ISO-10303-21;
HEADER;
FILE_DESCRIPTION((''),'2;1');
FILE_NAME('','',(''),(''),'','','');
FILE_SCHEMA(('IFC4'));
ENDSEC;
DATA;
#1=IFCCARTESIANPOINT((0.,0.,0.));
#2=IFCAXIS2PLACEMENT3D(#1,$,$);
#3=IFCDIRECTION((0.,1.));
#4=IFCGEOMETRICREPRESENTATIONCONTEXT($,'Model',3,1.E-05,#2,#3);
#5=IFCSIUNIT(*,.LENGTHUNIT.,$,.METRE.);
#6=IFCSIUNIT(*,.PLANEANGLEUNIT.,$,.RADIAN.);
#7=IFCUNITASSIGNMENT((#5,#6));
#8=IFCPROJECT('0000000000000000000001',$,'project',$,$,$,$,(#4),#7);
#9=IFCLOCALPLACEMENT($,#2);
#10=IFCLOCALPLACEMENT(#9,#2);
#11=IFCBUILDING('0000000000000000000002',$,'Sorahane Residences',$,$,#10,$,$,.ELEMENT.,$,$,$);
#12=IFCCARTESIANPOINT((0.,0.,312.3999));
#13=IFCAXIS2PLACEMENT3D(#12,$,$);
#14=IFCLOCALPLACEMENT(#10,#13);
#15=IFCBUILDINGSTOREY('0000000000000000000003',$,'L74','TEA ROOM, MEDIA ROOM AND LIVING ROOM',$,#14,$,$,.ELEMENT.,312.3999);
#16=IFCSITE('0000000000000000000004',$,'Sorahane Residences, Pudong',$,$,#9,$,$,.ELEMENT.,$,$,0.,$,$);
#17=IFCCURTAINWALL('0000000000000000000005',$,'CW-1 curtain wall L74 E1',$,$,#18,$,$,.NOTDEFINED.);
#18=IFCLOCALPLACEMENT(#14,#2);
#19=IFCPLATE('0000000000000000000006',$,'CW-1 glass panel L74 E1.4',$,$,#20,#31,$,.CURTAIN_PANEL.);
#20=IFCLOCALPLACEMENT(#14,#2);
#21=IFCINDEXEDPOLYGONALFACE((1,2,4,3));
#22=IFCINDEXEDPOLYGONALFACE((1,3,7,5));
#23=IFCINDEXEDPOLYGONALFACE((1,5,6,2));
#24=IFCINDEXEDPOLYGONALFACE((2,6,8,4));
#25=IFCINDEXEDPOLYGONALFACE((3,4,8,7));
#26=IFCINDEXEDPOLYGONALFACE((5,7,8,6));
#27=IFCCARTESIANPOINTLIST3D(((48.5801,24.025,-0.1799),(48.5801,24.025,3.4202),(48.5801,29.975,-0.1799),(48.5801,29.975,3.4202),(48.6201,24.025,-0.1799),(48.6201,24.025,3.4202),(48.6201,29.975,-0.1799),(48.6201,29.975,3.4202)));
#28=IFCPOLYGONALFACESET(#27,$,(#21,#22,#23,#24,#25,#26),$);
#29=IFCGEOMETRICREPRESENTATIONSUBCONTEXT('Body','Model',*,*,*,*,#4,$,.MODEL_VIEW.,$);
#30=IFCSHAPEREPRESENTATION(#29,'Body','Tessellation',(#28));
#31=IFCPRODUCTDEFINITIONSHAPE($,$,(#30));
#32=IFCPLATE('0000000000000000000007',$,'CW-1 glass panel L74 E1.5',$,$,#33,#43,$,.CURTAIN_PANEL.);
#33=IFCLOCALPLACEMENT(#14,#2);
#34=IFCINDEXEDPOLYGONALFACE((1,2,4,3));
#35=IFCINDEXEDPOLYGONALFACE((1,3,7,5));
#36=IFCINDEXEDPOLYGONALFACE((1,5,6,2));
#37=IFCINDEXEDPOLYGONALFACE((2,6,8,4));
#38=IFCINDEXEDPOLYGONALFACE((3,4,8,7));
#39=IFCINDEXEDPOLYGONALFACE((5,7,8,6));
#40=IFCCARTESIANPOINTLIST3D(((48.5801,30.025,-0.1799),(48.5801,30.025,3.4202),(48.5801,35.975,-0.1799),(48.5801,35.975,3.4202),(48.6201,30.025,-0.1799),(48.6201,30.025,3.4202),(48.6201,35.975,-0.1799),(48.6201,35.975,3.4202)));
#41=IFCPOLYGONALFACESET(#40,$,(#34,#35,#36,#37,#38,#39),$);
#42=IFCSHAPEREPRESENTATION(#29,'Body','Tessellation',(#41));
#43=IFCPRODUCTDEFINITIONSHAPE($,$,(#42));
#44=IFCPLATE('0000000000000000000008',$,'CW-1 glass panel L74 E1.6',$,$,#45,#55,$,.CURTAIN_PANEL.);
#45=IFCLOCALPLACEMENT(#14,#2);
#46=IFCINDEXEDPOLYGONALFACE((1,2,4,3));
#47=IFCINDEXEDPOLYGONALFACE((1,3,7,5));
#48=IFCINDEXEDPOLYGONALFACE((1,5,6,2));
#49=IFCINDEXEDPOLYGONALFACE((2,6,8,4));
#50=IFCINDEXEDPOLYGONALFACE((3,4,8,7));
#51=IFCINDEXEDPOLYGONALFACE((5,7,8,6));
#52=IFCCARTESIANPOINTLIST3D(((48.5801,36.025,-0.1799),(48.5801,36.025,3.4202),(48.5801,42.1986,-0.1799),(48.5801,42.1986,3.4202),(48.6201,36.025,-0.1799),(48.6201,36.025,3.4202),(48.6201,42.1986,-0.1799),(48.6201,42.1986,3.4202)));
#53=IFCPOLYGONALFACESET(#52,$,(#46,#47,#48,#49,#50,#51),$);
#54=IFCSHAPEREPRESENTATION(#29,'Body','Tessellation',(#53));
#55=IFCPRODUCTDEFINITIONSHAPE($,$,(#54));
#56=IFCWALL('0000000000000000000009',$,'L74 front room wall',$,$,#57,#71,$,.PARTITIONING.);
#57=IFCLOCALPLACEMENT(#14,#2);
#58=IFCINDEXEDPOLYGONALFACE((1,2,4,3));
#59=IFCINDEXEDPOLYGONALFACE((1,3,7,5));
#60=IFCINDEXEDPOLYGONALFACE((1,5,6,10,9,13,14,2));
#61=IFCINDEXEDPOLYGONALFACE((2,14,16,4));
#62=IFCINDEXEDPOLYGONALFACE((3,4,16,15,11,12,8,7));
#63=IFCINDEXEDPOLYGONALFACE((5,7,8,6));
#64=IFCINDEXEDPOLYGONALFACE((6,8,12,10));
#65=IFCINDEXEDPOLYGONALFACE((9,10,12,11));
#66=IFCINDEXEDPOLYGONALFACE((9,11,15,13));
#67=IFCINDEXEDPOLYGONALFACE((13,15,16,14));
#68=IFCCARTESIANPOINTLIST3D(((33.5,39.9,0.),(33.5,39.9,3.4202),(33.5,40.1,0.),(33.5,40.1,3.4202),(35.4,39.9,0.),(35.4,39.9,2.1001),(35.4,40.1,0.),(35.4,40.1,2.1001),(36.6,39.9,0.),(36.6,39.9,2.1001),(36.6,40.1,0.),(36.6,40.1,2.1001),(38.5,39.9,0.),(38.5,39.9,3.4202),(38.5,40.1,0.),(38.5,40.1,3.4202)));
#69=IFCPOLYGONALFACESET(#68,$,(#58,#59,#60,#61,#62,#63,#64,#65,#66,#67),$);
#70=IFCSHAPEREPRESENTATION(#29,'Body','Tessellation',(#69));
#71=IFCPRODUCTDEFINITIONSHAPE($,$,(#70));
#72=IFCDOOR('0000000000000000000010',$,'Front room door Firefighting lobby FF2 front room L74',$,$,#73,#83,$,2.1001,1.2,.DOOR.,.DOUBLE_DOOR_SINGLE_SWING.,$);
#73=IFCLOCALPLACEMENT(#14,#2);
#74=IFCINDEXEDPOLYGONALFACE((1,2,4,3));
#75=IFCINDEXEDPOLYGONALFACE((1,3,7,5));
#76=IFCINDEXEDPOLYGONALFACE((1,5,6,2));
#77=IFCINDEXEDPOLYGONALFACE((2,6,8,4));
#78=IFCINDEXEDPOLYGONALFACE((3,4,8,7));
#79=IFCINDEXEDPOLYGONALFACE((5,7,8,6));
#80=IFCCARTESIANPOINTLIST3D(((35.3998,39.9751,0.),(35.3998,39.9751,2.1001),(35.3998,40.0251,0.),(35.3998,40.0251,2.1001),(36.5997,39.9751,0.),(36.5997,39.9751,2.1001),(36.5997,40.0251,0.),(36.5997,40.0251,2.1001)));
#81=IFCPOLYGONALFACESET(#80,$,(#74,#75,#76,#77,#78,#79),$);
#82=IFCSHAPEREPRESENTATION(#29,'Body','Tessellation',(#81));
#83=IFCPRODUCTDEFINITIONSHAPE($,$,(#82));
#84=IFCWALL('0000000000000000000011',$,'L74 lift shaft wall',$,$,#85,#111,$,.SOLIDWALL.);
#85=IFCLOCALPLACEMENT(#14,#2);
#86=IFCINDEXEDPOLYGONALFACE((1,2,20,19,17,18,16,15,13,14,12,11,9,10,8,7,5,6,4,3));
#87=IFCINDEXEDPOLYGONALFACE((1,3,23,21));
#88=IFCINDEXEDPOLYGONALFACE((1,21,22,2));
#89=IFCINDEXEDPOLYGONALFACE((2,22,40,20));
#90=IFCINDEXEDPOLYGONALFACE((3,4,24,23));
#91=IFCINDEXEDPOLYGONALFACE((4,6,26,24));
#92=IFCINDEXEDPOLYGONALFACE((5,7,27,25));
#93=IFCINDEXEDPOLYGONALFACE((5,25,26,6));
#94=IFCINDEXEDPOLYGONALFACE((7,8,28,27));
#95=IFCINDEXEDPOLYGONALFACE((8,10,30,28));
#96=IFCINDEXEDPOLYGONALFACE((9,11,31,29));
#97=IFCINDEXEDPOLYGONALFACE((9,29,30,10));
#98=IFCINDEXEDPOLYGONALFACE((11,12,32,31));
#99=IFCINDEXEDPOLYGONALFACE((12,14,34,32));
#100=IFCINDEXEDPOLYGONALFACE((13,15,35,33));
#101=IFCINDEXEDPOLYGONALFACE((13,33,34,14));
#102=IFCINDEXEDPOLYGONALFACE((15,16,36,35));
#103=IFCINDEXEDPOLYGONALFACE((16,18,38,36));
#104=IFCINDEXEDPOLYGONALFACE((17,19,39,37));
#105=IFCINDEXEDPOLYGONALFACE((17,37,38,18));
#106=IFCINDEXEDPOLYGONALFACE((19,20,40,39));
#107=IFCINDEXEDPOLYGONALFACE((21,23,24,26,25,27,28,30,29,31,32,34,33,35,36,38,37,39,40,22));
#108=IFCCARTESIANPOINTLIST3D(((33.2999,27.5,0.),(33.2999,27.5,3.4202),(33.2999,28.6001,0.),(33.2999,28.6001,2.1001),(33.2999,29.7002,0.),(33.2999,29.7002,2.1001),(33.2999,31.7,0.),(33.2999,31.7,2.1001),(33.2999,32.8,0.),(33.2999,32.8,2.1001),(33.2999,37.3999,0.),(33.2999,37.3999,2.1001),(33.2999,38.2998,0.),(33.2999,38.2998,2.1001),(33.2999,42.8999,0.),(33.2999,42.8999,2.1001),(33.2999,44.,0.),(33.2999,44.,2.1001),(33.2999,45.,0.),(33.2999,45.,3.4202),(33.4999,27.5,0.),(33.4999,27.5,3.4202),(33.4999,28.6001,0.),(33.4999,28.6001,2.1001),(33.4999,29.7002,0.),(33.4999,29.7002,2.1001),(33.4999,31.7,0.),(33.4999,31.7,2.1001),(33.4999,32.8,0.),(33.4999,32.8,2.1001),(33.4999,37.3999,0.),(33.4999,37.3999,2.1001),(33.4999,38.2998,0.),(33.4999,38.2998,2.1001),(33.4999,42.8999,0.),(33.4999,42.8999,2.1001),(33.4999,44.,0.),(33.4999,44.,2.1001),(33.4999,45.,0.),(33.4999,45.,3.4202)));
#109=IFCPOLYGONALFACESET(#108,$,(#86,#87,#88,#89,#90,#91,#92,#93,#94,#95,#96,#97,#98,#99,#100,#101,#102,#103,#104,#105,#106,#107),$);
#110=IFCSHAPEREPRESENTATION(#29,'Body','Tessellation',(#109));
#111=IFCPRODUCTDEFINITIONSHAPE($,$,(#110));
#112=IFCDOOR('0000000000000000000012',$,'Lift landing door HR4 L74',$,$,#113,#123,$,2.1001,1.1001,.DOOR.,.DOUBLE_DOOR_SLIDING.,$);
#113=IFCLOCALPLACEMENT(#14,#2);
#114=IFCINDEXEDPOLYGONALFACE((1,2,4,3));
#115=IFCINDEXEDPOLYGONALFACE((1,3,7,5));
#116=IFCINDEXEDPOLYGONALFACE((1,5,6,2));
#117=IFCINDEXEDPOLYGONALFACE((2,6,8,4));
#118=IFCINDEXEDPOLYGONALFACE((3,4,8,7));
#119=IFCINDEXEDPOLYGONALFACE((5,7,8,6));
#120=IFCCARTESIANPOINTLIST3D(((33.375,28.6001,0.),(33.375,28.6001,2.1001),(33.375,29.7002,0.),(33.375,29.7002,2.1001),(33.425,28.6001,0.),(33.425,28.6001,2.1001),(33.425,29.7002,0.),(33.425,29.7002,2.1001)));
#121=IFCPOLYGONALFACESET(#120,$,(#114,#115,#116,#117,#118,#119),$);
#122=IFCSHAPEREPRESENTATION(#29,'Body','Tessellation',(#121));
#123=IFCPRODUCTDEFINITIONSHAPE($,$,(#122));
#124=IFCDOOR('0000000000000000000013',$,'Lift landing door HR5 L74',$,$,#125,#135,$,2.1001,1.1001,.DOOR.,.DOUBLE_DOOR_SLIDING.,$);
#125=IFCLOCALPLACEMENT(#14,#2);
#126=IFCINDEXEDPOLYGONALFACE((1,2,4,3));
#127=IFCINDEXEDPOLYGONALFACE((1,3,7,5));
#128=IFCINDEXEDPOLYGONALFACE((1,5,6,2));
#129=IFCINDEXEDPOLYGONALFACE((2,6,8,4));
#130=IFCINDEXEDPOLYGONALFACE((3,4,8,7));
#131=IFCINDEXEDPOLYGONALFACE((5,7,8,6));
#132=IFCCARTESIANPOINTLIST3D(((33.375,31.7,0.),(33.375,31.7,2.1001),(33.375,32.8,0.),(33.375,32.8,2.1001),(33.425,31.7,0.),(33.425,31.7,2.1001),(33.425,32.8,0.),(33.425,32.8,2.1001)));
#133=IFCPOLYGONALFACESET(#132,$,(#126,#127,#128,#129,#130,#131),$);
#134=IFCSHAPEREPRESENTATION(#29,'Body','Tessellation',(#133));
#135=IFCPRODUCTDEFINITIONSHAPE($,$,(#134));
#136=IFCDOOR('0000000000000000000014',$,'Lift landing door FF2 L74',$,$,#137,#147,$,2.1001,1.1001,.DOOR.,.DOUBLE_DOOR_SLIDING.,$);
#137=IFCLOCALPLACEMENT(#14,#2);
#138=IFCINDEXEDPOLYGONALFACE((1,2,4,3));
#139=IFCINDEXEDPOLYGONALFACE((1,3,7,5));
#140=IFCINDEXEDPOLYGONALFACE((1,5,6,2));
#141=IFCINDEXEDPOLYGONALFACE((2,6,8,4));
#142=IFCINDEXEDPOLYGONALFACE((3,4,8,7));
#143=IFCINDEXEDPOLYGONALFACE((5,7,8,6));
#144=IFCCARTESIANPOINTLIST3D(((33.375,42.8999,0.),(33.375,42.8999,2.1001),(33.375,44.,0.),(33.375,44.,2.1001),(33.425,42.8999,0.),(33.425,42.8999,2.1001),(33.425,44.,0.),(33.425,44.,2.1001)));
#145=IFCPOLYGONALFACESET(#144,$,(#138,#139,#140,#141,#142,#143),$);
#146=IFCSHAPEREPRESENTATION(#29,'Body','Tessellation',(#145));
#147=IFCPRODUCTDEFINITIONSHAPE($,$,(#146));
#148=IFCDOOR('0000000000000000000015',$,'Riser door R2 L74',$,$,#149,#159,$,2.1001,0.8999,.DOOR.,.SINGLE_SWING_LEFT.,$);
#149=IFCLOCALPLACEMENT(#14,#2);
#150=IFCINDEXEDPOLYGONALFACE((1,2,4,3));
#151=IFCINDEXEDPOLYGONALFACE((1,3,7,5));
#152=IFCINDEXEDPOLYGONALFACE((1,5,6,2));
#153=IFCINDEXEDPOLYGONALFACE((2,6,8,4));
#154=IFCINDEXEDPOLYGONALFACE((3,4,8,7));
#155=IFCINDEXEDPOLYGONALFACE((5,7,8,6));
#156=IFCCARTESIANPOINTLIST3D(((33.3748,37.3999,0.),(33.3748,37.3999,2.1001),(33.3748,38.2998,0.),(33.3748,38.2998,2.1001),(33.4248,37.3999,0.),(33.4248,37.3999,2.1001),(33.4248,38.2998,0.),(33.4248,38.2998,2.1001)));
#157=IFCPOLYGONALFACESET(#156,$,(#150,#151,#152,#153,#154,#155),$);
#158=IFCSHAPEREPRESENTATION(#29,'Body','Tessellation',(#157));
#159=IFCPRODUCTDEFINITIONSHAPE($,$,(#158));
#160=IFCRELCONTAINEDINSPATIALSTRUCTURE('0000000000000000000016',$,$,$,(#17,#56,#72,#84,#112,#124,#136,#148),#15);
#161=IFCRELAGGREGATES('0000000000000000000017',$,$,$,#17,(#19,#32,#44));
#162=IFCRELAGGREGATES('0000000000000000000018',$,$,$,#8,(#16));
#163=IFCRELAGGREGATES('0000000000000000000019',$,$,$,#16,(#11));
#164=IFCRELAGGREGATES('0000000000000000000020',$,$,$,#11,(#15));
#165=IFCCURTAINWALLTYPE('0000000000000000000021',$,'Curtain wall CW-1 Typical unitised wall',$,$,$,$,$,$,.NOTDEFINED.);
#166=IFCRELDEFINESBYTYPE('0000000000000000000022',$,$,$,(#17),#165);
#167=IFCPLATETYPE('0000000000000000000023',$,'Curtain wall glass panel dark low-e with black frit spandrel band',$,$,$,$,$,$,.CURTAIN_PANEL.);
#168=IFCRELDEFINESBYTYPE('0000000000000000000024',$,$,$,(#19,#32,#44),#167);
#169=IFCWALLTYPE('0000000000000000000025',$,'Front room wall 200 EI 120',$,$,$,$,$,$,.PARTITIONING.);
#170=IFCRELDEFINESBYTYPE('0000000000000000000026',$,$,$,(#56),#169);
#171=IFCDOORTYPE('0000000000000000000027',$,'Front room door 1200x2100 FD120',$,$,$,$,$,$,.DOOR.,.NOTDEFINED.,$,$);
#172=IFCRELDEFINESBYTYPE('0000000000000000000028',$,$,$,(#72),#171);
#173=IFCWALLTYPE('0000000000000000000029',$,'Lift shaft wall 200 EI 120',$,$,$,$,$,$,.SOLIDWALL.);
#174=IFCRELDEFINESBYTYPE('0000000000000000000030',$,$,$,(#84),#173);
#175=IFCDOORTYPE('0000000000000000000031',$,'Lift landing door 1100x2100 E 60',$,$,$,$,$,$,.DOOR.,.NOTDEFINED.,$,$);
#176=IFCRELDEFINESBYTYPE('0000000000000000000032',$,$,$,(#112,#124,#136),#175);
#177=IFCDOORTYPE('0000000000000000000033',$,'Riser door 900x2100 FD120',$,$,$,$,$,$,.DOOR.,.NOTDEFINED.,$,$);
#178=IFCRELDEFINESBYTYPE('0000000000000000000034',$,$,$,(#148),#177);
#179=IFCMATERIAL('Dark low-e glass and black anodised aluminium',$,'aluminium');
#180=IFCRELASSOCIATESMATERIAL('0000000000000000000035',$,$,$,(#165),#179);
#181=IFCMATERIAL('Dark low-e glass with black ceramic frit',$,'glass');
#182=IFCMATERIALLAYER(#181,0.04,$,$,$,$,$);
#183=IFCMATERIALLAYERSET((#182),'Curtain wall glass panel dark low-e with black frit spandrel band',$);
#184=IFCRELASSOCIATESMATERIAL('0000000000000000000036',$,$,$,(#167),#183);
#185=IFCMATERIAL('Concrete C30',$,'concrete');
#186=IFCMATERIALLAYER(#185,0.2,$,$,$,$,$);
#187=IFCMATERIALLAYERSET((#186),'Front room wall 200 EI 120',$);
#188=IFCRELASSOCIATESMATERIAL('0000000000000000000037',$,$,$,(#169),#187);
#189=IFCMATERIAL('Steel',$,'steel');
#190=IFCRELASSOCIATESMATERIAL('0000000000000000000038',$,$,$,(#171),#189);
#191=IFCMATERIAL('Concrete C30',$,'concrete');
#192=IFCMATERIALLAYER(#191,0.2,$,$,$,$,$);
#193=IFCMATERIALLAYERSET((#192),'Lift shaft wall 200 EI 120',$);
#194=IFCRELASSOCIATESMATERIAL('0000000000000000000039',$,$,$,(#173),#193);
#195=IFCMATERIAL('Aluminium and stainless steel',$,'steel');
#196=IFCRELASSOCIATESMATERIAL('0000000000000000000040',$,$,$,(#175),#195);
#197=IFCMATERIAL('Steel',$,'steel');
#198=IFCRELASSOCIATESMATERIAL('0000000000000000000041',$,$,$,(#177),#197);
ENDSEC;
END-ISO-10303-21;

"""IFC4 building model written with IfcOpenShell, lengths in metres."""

from ifc_helpers import new_model, si_unit, direction, frame, frame_2d, origin, origin_2d, place, context, subcontext, project, spatial, rectangle, extrude, material, layer, layer_set, type_object, element, fill, aggregate, save


model = new_model("IFC4")

# Units and contexts
model_context = context("Model", 3, precision=1e-05, world=origin(), true_north=direction((0.0, 1.0)))
body_context = subcontext(model_context, "Body", "Model", "MODEL_VIEW")
ifc_project = project(units=[si_unit("LENGTHUNIT", "METRE"), si_unit("PLANEANGLEUNIT", "RADIAN")], contexts=[model_context])

# Site, building, storey
site_placement = place(None, origin())
site = spatial("IfcSite", under=ifc_project, at=site_placement, Name="Sorahane Residences, Pudong", CompositionType="ELEMENT", RefElevation=0.0)
building_placement = place(site_placement, origin())
building = spatial("IfcBuilding", under=site, at=building_placement, Name="Sorahane Residences", CompositionType="ELEMENT")
storey_placement = place(building_placement, frame((0.0, 0.0, 312.3999)))
storey = spatial("IfcBuildingStorey", under=building, at=storey_placement, Name="L74", Description="TEA ROOM, MEDIA ROOM AND LIVING ROOM", CompositionType="ELEMENT", Elevation=312.3999)

# Curtain wall
ifc_material_1 = material(Name="Dark low-e glass and black anodised aluminium", Category="aluminium")
curtain_wall_type = type_object("IfcCurtainWallType", Name="Curtain wall CW-1 Typical unitised wall", PredefinedType="NOTDEFINED", material=ifc_material_1)
curtain_wall_placement = place(storey_placement, origin())
curtain_wall = element("IfcCurtainWall", 1, at=curtain_wall_placement, inside=storey, type_object=curtain_wall_type, Name="CW-1 curtain wall L74 E1", PredefinedType="NOTDEFINED")

# Plates
ifc_material_2 = material(Name="Dark low-e glass with black ceramic frit", Category="glass")
ifc_layer_1 = layer(ifc_material_2, 0.04)
ifc_layer_set_1 = layer_set([ifc_layer_1], Name="Curtain wall glass panel dark low-e with black frit spandrel band")
plate_type = type_object("IfcPlateType", Name="Curtain wall glass panel dark low-e with black frit spandrel band", PredefinedType="CURTAIN_PANEL", material=ifc_layer_set_1)
plate_1_placement = place(storey_placement, frame((48.6001, 27.0, -0.1799), z_axis=(0.0, 0.0, 1.0), x_axis=(0.0, 1.0, 0.0)))
plate_1 = element("IfcPlate", 2, at=plate_1_placement, type_object=plate_type, Name="CW-1 glass panel L74 E1.4", PredefinedType="CURTAIN_PANEL", context=body_context, shape_type="SweptSolid", body=[
    extrude(rectangle(XDim=5.95, YDim=0.04, at=origin_2d()), origin(), (0.0, 0.0, 1.0), 3.6001),
])
plate_2_placement = place(storey_placement, frame((48.6001, 33.0, -0.1799), z_axis=(0.0, 0.0, 1.0), x_axis=(0.0, 1.0, 0.0)))
plate_2 = element("IfcPlate", 3, at=plate_2_placement, type_object=plate_type, Name="CW-1 glass panel L74 E1.5", PredefinedType="CURTAIN_PANEL", context=body_context, shape_type="SweptSolid", body=[
    extrude(rectangle(XDim=5.95, YDim=0.04, at=origin_2d()), origin(), (0.0, 0.0, 1.0), 3.6001),
])
plate_3_placement = place(storey_placement, frame((48.6001, 39.1118, -0.1799), z_axis=(0.0, 0.0, 1.0), x_axis=(0.0, 1.0, 0.0)))
plate_3 = element("IfcPlate", 4, at=plate_3_placement, type_object=plate_type, Name="CW-1 glass panel L74 E1.6", PredefinedType="CURTAIN_PANEL", context=body_context, shape_type="SweptSolid", body=[
    extrude(rectangle(XDim=6.1736, YDim=0.04, at=origin_2d()), origin(), (0.0, 0.0, 1.0), 3.6001),
])
aggregate(curtain_wall, [plate_1, plate_2, plate_3])

# Wall, opening, door
ifc_material_3 = material(Name="Concrete C30", Category="concrete")
ifc_layer_2 = layer(ifc_material_3, 0.2)
ifc_layer_set_2 = layer_set([ifc_layer_2], Name="Front room wall 200 EI 120")
wall_type_1 = type_object("IfcWallType", Name="Front room wall 200 EI 120", PredefinedType="PARTITIONING", material=ifc_layer_set_2)
wall_1_placement = place(storey_placement, frame((33.5, 40.0, 0.0), z_axis=(0.0, 0.0, 1.0), x_axis=(1.0, 0.0, 0.0)))
wall_1 = element("IfcWall", 5, at=wall_1_placement, inside=storey, type_object=wall_type_1, Name="L74 front room wall", PredefinedType="PARTITIONING", context=body_context, shape_type="SweptSolid", body=[
    extrude(rectangle(XDim=5.0, YDim=0.2, at=frame_2d((2.5, 0.0))), origin(), (0.0, 0.0, 1.0), 3.4202),
])
opening_1_placement = place(wall_1_placement, frame((1.8999, 0.0, 0.0)))
opening_1 = element("IfcOpeningElement", 6, at=opening_1_placement, cuts=wall_1, PredefinedType="OPENING", context=body_context, shape_type="SweptSolid", body=[
    extrude(rectangle(XDim=1.2, YDim=2.1001, at=frame_2d((0.6001, 1.05))), frame((0.0, 0.1099, 0.0), z_axis=(0.0, -1.0, 0.0), x_axis=(1.0, 0.0, 0.0)), (0.0, 0.0, 1.0), 0.22),
])
ifc_material_4 = material(Name="Steel", Category="steel")
door_type_1 = type_object("IfcDoorType", Name="Front room door 1200x2100 FD120", OperationType="NOTDEFINED", PredefinedType="DOOR", material=ifc_material_4)
door_1_placement = place(opening_1_placement, frame((1.2, 0.0, 0.0), z_axis=(0.0, 0.0, 1.0), x_axis=(-1.0, 0.0, 0.0)))
door_1 = element("IfcDoor", 7, at=door_1_placement, inside=storey, type_object=door_type_1, Name="Front room door Firefighting lobby FF2 front room L74", OperationType="DOUBLE_DOOR_SINGLE_SWING", OverallHeight=2.1001, OverallWidth=1.2, PredefinedType="DOOR", context=body_context, shape_type="SweptSolid", body=[
    extrude(rectangle(XDim=1.2, YDim=2.1001, at=frame_2d((0.6001, 1.05))), frame((0.0, 0.0249, 0.0), z_axis=(0.0, -1.0, 0.0), x_axis=(1.0, 0.0, 0.0)), (0.0, 0.0, 1.0), 0.05),
])
fill(opening_1, door_1)

# Wall, openings, doors
ifc_material_5 = material(Name="Concrete C30", Category="concrete")
ifc_layer_3 = layer(ifc_material_5, 0.2)
ifc_layer_set_3 = layer_set([ifc_layer_3], Name="Lift shaft wall 200 EI 120")
wall_type_2 = type_object("IfcWallType", Name="Lift shaft wall 200 EI 120", PredefinedType="SOLIDWALL", material=ifc_layer_set_3)
wall_2_placement = place(storey_placement, frame((33.3999, 27.5, 0.0), z_axis=(0.0, 0.0, 1.0), x_axis=(0.0, 1.0, 0.0)))
wall_2 = element("IfcWall", 8, at=wall_2_placement, inside=storey, type_object=wall_type_2, Name="L74 lift shaft wall", PredefinedType="SOLIDWALL", context=body_context, shape_type="SweptSolid", body=[
    extrude(rectangle(XDim=17.5, YDim=0.2, at=frame_2d((8.75, 0.0))), origin(), (0.0, 0.0, 1.0), 3.4202),
])
opening_2_placement = place(wall_2_placement, frame((1.1001, 0.0, 0.0)))
opening_2 = element("IfcOpeningElement", 9, at=opening_2_placement, cuts=wall_2, PredefinedType="OPENING", context=body_context, shape_type="SweptSolid", body=[
    extrude(rectangle(XDim=1.1001, YDim=2.1001, at=frame_2d((0.55, 1.05))), frame((0.0, 0.1099, 0.0), z_axis=(0.0, -1.0, 0.0), x_axis=(1.0, 0.0, 0.0)), (0.0, 0.0, 1.0), 0.22),
])
opening_3_placement = place(wall_2_placement, frame((4.2, 0.0, 0.0)))
opening_3 = element("IfcOpeningElement", 10, at=opening_3_placement, cuts=wall_2, PredefinedType="OPENING", context=body_context, shape_type="SweptSolid", body=[
    extrude(rectangle(XDim=1.1001, YDim=2.1001, at=frame_2d((0.55, 1.05))), frame((0.0, 0.1099, 0.0), z_axis=(0.0, -1.0, 0.0), x_axis=(1.0, 0.0, 0.0)), (0.0, 0.0, 1.0), 0.22),
])
opening_4_placement = place(wall_2_placement, frame((15.3999, 0.0, 0.0)))
opening_4 = element("IfcOpeningElement", 11, at=opening_4_placement, cuts=wall_2, PredefinedType="OPENING", context=body_context, shape_type="SweptSolid", body=[
    extrude(rectangle(XDim=1.1001, YDim=2.1001, at=frame_2d((0.55, 1.05))), frame((0.0, 0.1099, 0.0), z_axis=(0.0, -1.0, 0.0), x_axis=(1.0, 0.0, 0.0)), (0.0, 0.0, 1.0), 0.22),
])
opening_5_placement = place(wall_2_placement, frame((9.8999, 0.0, 0.0)))
opening_5 = element("IfcOpeningElement", 12, at=opening_5_placement, cuts=wall_2, PredefinedType="OPENING", context=body_context, shape_type="SweptSolid", body=[
    extrude(rectangle(XDim=0.8999, YDim=2.1001, at=frame_2d((0.45, 1.05))), frame((0.0, 0.1099, 0.0), z_axis=(0.0, -1.0, 0.0), x_axis=(1.0, 0.0, 0.0)), (0.0, 0.0, 1.0), 0.22),
])
ifc_material_6 = material(Name="Aluminium and stainless steel", Category="steel")
door_type_2 = type_object("IfcDoorType", Name="Lift landing door 1100x2100 E 60", OperationType="NOTDEFINED", PredefinedType="DOOR", material=ifc_material_6)
door_2_placement = place(opening_2_placement, origin())
door_2 = element("IfcDoor", 13, at=door_2_placement, inside=storey, type_object=door_type_2, Name="Lift landing door HR4 L74", OperationType="DOUBLE_DOOR_SLIDING", OverallHeight=2.1001, OverallWidth=1.1001, PredefinedType="DOOR", context=body_context, shape_type="SweptSolid", body=[
    extrude(rectangle(XDim=1.1001, YDim=2.1001, at=frame_2d((0.55, 1.05))), frame((0.0, 0.0249, 0.0), z_axis=(0.0, -1.0, 0.0), x_axis=(1.0, 0.0, 0.0)), (0.0, 0.0, 1.0), 0.05),
])
fill(opening_2, door_2)
door_3_placement = place(opening_3_placement, origin())
door_3 = element("IfcDoor", 14, at=door_3_placement, inside=storey, type_object=door_type_2, Name="Lift landing door HR5 L74", OperationType="DOUBLE_DOOR_SLIDING", OverallHeight=2.1001, OverallWidth=1.1001, PredefinedType="DOOR", context=body_context, shape_type="SweptSolid", body=[
    extrude(rectangle(XDim=1.1001, YDim=2.1001, at=frame_2d((0.55, 1.05))), frame((0.0, 0.0249, 0.0), z_axis=(0.0, -1.0, 0.0), x_axis=(1.0, 0.0, 0.0)), (0.0, 0.0, 1.0), 0.05),
])
fill(opening_3, door_3)
door_4_placement = place(opening_4_placement, origin())
door_4 = element("IfcDoor", 15, at=door_4_placement, inside=storey, type_object=door_type_2, Name="Lift landing door FF2 L74", OperationType="DOUBLE_DOOR_SLIDING", OverallHeight=2.1001, OverallWidth=1.1001, PredefinedType="DOOR", context=body_context, shape_type="SweptSolid", body=[
    extrude(rectangle(XDim=1.1001, YDim=2.1001, at=frame_2d((0.55, 1.05))), frame((0.0, 0.0249, 0.0), z_axis=(0.0, -1.0, 0.0), x_axis=(1.0, 0.0, 0.0)), (0.0, 0.0, 1.0), 0.05),
])
fill(opening_4, door_4)
ifc_material_7 = material(Name="Steel", Category="steel")
door_type_3 = type_object("IfcDoorType", Name="Riser door 900x2100 FD120", OperationType="NOTDEFINED", PredefinedType="DOOR", material=ifc_material_7)
door_5_placement = place(opening_5_placement, frame((0.8999, 0.0, 0.0), z_axis=(0.0, 0.0, 1.0), x_axis=(-1.0, 0.0, 0.0)))
door_5 = element("IfcDoor", 16, at=door_5_placement, inside=storey, type_object=door_type_3, Name="Riser door R2 L74", OperationType="SINGLE_SWING_LEFT", OverallHeight=2.1001, OverallWidth=0.8999, PredefinedType="DOOR", context=body_context, shape_type="SweptSolid", body=[
    extrude(rectangle(XDim=0.8999, YDim=2.1001, at=frame_2d((0.45, 1.05))), frame((0.0, 0.0249, 0.0), z_axis=(0.0, -1.0, 0.0), x_axis=(1.0, 0.0, 0.0)), (0.0, 0.0, 1.0), 0.05),
])
fill(opening_5, door_5)

save(model, "model.ifc")
